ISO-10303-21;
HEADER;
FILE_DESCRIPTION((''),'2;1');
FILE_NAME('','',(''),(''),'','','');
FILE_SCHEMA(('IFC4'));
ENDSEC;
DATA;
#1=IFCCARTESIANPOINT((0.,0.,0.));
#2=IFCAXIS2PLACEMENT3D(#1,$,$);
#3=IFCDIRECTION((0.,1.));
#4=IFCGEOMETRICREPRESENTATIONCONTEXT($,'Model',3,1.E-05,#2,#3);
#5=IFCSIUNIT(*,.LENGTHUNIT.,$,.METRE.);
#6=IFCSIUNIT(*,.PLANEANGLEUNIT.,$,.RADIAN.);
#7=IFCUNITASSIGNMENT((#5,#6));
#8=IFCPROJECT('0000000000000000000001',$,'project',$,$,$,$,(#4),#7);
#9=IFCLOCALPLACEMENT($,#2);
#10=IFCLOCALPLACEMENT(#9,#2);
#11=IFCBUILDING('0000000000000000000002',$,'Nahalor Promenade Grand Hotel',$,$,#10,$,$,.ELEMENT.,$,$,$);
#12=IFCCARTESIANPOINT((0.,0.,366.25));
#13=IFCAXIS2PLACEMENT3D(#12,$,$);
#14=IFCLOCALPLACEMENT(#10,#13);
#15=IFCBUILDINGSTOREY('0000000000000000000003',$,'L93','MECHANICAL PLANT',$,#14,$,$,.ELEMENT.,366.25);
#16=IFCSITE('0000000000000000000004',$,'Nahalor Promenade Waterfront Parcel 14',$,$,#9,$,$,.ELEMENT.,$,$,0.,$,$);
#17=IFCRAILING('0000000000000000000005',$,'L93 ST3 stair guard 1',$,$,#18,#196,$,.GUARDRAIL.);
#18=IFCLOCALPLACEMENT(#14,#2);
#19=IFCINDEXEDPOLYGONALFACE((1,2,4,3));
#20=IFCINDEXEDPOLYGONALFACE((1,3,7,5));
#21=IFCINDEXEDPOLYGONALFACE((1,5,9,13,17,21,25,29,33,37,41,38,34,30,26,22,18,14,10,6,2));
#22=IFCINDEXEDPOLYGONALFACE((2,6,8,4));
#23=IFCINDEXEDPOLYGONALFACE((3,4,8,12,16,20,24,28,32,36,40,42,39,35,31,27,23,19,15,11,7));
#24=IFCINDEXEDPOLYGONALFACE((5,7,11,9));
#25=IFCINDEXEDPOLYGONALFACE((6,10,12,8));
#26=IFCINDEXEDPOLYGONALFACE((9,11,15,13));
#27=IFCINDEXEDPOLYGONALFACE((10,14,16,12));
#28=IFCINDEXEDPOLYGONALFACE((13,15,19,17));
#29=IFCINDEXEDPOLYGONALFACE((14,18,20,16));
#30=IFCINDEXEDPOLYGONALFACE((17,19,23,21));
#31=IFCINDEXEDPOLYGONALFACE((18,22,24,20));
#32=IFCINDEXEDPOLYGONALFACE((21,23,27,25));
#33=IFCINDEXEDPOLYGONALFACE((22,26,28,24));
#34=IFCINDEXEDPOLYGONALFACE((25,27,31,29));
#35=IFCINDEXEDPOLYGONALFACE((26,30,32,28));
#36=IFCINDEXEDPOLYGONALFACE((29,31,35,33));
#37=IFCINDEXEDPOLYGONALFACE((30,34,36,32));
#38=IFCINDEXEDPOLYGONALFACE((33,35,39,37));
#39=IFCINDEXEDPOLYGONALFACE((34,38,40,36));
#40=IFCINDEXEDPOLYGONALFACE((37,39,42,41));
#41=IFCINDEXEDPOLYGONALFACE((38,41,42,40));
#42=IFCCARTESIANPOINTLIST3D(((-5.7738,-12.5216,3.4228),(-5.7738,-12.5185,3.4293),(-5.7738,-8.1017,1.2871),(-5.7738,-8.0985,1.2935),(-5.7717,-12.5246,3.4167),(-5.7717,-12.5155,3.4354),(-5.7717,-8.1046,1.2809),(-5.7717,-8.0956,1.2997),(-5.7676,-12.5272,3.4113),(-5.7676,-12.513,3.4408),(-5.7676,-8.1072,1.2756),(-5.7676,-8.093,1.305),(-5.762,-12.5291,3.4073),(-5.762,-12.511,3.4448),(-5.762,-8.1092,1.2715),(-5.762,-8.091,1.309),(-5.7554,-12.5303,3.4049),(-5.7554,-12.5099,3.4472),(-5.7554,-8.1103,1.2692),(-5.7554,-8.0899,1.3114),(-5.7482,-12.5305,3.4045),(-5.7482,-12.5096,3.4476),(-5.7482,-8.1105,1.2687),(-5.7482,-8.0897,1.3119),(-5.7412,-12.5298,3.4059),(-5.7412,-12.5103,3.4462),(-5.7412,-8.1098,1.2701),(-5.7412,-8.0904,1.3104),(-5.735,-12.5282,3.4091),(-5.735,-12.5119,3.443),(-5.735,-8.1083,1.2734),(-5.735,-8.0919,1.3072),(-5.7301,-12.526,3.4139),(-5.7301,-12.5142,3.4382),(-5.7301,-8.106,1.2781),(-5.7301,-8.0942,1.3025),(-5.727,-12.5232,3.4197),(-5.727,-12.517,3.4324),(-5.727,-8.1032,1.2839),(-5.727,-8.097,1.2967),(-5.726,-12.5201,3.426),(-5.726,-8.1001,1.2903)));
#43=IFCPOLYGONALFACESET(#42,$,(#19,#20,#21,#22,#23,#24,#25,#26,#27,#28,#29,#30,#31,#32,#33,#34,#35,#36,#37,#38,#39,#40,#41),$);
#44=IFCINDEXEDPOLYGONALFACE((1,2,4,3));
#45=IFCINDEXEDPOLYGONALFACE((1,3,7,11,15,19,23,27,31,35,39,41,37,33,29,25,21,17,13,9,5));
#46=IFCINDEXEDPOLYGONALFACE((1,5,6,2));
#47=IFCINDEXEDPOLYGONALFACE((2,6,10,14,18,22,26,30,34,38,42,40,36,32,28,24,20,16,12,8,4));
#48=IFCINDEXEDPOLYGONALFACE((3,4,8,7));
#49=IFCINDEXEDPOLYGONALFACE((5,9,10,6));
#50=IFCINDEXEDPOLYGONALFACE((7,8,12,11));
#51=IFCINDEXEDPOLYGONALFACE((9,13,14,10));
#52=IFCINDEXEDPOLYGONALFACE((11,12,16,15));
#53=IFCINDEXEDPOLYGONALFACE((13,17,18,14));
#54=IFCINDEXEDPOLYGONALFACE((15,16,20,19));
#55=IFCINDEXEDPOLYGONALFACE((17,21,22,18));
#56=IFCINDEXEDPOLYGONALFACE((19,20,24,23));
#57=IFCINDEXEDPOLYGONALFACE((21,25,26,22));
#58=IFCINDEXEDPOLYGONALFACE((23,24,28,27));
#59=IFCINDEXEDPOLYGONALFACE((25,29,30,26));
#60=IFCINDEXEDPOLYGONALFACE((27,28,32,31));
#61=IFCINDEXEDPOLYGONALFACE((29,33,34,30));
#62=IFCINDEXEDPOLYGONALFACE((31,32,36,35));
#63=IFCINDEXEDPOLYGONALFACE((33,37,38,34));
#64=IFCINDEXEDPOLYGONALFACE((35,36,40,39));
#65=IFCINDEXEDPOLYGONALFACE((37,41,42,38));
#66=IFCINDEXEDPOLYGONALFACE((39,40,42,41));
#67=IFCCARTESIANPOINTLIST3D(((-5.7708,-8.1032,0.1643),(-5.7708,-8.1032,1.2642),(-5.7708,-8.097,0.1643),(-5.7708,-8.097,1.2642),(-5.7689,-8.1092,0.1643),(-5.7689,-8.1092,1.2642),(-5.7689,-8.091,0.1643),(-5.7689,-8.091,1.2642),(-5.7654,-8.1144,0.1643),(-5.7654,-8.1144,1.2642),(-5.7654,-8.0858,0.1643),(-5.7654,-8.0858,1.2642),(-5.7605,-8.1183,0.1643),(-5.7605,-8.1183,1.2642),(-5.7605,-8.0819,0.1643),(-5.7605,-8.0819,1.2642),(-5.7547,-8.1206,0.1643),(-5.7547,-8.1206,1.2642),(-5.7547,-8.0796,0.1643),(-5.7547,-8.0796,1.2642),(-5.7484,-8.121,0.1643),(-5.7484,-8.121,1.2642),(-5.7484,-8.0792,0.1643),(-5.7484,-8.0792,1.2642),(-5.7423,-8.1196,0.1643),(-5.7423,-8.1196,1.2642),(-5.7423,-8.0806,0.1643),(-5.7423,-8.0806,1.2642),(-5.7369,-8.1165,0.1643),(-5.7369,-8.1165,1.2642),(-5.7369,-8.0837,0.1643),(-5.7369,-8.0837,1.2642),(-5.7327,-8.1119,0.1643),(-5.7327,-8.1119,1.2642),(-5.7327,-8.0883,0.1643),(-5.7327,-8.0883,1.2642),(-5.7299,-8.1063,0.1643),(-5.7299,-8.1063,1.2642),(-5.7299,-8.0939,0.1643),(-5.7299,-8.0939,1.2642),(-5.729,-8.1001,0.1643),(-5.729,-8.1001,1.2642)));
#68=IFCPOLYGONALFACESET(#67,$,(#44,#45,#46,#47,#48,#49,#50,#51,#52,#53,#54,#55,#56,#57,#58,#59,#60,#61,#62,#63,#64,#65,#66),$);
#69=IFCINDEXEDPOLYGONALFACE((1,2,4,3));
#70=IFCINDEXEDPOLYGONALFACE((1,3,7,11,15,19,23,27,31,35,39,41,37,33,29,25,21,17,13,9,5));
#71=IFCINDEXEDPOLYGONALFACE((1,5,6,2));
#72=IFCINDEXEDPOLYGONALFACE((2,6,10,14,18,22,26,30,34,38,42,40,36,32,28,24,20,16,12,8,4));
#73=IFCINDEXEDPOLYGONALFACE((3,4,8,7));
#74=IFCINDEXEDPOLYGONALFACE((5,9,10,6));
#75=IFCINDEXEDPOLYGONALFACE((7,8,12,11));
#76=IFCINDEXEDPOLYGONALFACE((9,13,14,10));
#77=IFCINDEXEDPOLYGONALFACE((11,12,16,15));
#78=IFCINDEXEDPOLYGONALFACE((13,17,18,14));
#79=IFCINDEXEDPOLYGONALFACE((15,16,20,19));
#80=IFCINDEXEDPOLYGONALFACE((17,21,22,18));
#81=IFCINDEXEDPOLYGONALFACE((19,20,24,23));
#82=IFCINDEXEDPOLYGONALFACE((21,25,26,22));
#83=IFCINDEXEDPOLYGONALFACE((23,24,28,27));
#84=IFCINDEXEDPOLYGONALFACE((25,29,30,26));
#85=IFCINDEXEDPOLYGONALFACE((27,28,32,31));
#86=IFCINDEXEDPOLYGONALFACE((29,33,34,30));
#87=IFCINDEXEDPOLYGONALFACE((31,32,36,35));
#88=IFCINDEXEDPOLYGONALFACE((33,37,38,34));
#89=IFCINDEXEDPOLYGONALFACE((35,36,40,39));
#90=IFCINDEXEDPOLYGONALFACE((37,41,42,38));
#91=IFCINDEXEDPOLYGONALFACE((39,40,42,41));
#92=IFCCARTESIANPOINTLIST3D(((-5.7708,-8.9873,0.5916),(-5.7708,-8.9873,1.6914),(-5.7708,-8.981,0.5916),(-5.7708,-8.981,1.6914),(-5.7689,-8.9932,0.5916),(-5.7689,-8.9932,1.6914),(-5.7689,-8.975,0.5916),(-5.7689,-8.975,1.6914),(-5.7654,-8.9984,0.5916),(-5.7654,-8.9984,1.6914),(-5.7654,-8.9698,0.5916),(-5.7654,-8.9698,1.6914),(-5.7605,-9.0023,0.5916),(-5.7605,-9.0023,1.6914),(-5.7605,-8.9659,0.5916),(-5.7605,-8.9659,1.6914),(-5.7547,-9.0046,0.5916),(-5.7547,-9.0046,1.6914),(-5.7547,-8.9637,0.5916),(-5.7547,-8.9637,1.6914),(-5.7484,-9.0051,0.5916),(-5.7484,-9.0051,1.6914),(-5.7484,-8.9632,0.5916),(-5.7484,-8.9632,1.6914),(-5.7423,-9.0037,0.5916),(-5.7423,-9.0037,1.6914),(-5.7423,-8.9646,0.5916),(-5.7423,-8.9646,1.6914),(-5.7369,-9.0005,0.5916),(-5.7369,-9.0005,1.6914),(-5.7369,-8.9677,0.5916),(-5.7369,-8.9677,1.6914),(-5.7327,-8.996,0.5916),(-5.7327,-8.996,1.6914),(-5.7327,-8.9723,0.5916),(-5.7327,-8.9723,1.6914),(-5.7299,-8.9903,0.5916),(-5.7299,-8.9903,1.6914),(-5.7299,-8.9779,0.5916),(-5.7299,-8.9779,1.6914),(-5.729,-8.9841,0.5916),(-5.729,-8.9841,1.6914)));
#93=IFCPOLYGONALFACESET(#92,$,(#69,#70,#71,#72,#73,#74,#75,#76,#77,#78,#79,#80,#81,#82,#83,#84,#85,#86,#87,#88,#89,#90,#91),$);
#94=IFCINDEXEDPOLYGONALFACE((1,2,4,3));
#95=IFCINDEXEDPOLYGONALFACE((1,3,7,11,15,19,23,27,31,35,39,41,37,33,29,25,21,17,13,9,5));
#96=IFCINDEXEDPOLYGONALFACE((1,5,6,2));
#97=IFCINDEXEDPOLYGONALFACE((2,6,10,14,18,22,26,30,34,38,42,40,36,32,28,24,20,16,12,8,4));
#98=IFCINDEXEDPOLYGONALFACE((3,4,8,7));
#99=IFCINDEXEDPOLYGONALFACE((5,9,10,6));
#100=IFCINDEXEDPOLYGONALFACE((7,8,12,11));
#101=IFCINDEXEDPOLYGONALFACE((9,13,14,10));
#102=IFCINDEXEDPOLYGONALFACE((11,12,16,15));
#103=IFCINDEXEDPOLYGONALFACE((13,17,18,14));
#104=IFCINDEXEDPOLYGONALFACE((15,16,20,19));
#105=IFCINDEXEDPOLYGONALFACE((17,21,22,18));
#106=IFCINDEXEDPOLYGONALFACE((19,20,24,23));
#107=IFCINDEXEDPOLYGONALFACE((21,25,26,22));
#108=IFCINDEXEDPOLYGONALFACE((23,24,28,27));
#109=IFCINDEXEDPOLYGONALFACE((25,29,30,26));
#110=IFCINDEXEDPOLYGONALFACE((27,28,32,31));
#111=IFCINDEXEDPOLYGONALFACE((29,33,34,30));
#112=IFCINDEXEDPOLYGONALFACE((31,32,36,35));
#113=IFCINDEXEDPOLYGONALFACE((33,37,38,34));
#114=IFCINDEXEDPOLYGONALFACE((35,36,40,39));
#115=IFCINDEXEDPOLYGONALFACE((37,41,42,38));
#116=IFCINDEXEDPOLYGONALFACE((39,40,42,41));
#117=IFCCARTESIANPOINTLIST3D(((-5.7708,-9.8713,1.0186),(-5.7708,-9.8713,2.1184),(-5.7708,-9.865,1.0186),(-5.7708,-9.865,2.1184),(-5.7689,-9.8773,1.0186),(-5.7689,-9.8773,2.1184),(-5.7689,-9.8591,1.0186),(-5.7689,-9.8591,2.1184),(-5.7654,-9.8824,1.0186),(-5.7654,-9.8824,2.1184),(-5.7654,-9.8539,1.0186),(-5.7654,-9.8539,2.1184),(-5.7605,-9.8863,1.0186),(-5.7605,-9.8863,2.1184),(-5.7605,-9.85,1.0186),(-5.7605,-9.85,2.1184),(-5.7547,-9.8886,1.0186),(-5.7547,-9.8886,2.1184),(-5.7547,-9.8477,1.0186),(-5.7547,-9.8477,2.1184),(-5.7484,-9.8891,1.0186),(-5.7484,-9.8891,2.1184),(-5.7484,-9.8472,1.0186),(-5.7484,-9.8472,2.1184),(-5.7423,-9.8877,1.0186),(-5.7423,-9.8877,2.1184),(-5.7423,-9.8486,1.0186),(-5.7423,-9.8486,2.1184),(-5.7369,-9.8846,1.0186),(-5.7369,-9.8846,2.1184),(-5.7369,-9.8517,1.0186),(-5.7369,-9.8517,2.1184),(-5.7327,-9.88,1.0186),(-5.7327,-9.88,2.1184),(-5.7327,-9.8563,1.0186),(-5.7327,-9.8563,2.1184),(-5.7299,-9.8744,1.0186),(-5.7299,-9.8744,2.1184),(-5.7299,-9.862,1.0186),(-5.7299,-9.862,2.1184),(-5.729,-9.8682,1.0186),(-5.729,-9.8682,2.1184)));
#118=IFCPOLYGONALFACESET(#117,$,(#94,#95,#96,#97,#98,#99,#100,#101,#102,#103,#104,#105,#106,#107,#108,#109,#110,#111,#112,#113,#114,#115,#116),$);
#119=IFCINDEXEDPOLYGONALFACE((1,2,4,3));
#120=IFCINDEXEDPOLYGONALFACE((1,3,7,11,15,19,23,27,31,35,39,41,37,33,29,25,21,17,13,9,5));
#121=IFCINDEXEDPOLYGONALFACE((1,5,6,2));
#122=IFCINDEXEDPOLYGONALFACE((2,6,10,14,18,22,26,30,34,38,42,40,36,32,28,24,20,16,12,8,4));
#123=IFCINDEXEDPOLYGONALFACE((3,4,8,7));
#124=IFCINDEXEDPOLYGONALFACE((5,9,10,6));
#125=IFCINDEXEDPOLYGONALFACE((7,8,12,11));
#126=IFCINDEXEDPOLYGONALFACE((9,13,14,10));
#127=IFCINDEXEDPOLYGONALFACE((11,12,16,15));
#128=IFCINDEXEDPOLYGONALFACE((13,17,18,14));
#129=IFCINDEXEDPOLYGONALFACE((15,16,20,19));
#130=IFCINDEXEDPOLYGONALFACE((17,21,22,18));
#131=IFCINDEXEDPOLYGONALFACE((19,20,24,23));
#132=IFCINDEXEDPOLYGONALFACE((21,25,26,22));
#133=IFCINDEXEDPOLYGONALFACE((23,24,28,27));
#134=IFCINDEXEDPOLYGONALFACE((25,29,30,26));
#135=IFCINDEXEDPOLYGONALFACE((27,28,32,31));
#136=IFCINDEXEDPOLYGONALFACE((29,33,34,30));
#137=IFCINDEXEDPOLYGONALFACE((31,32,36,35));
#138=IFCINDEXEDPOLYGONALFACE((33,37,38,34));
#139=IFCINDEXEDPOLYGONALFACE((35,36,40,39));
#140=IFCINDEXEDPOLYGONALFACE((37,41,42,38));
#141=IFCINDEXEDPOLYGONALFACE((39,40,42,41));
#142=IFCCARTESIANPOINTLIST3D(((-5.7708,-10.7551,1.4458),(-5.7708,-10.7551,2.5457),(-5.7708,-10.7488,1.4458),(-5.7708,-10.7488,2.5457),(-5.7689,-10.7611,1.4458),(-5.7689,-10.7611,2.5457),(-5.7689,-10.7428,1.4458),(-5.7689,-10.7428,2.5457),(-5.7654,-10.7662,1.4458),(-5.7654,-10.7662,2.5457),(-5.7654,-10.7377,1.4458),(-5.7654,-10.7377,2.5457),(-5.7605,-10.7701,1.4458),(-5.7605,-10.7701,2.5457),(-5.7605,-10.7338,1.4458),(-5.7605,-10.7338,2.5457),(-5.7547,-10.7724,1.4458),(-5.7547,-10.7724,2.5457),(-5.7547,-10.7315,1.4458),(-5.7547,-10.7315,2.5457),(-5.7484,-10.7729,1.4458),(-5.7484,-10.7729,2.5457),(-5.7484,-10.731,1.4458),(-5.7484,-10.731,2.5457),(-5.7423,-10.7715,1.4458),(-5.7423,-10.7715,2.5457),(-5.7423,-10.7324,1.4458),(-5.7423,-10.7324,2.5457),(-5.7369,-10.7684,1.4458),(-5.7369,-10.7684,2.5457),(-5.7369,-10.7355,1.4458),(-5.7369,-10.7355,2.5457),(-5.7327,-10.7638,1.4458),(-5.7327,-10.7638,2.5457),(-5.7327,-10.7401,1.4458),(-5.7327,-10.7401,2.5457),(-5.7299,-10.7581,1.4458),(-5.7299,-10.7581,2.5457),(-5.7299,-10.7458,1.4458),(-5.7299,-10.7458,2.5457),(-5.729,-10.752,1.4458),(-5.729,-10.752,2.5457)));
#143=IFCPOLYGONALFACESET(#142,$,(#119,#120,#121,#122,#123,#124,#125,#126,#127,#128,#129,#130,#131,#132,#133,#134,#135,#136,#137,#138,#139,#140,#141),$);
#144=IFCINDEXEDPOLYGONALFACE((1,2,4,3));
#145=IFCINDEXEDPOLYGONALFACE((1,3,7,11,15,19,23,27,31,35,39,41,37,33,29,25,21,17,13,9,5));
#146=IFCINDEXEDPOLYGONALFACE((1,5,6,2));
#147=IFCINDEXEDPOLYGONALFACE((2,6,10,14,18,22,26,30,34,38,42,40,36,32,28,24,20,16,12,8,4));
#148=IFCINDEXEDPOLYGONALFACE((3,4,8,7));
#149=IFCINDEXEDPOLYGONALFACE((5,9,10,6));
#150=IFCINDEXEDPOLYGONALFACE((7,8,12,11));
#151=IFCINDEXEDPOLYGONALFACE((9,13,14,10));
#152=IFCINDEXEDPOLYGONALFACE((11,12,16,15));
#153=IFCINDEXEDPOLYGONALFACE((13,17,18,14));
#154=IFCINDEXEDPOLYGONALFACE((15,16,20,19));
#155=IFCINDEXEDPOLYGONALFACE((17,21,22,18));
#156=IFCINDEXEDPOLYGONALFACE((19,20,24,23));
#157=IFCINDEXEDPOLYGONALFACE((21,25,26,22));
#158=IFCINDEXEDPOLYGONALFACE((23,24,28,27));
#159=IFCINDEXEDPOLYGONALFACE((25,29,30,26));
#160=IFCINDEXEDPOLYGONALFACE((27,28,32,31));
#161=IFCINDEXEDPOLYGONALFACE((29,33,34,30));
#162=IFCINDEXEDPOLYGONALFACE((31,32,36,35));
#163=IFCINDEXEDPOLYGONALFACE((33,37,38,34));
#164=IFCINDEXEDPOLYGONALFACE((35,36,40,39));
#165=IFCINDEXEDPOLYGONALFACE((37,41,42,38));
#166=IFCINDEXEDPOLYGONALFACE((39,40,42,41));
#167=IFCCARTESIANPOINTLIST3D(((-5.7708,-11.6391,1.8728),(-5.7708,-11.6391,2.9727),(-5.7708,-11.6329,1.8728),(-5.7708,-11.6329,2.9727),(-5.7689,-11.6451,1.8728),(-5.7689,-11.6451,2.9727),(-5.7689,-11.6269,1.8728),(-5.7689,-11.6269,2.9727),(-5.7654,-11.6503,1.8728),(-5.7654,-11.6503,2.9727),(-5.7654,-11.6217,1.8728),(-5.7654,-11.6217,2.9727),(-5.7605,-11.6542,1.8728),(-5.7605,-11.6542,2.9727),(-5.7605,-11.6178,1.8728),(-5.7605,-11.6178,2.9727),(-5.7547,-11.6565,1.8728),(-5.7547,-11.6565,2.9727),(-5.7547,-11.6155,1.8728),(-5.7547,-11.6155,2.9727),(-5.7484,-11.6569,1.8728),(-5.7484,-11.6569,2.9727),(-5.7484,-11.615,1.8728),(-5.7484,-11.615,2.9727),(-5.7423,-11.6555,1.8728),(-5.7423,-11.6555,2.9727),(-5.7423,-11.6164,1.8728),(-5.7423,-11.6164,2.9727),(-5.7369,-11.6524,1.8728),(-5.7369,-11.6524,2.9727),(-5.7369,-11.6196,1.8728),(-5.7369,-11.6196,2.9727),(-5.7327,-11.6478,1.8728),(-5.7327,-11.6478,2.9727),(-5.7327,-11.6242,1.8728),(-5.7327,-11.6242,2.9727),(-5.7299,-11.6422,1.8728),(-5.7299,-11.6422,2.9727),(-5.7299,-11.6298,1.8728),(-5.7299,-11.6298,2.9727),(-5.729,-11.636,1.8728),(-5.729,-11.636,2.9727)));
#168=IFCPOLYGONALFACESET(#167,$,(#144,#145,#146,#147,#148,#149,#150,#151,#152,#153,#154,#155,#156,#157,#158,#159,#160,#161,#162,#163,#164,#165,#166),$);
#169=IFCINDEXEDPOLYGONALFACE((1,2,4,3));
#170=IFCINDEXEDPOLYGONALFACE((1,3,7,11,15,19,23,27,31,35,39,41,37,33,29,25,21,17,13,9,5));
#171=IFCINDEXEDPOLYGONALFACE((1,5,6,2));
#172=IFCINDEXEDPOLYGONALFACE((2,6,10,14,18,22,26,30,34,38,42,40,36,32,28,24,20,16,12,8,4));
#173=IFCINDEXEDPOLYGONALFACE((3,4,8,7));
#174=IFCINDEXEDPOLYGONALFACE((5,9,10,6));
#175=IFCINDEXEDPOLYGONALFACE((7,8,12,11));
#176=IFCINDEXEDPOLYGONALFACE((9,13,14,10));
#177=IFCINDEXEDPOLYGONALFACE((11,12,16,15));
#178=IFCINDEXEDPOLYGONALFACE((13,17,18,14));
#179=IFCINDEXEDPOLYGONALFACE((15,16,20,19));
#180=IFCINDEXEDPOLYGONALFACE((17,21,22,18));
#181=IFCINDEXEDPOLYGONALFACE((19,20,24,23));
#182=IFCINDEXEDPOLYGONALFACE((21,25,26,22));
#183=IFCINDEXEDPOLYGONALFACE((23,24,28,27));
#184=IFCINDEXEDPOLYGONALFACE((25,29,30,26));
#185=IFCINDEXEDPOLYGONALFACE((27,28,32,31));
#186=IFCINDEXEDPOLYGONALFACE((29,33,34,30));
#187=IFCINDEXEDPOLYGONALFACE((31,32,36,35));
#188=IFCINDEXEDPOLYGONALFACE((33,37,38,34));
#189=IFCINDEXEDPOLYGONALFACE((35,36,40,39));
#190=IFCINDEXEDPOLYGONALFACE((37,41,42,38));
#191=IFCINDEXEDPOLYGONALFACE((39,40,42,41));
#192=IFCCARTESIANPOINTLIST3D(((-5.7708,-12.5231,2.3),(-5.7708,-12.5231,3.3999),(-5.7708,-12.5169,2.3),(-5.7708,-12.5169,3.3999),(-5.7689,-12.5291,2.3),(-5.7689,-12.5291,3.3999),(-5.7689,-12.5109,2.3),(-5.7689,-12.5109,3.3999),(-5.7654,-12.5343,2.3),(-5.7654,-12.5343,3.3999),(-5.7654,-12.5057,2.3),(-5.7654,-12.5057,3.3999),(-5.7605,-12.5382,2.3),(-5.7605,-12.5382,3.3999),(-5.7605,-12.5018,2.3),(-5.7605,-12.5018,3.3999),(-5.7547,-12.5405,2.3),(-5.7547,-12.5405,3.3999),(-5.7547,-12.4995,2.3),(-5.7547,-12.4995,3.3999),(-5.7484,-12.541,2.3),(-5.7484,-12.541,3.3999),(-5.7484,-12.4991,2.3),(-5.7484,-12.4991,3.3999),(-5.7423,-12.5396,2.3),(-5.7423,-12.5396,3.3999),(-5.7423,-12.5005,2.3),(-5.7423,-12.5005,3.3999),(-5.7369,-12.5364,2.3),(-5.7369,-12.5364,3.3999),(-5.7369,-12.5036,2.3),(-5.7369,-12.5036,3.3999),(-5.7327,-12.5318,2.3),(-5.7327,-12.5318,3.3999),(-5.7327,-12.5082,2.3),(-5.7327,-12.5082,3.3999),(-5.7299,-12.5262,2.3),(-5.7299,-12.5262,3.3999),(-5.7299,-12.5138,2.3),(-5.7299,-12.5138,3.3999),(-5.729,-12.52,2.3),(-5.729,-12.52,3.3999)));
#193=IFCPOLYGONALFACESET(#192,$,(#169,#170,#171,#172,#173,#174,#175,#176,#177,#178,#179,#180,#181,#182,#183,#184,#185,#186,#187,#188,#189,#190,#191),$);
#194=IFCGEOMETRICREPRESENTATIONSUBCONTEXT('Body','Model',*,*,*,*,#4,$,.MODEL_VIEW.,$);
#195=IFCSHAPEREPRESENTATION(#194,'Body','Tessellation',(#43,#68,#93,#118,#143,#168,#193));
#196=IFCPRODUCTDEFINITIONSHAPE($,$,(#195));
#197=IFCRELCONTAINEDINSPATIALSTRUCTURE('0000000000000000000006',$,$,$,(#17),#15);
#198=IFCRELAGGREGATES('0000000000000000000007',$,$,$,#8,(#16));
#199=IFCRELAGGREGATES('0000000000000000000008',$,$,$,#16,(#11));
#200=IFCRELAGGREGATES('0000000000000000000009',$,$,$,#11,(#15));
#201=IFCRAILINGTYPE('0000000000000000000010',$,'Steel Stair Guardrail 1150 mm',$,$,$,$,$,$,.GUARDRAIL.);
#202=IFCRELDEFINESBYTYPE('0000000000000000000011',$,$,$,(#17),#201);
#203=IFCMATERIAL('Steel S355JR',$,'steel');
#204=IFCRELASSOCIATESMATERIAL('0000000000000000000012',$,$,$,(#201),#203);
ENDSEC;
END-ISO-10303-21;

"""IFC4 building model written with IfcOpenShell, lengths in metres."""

from ifc_helpers import new_model, si_unit, direction, frame, origin, origin_2d, place, context, subcontext, project, spatial, circle, extrude, material, type_object, element, save


model = new_model("IFC4")

# Units and contexts
model_context = context("Model", 3, precision=1e-05, world=origin(), true_north=direction((0.0, 1.0)))
body_context = subcontext(model_context, "Body", "Model", "MODEL_VIEW")
ifc_project = project(units=[si_unit("LENGTHUNIT", "METRE"), si_unit("PLANEANGLEUNIT", "RADIAN")], contexts=[model_context])

# Site, building, storey
site_placement = place(None, origin())
site = spatial("IfcSite", under=ifc_project, at=site_placement, Name="Nahalor Promenade Waterfront Parcel 14", CompositionType="ELEMENT", RefElevation=0.0)
building_placement = place(site_placement, origin())
building = spatial("IfcBuilding", under=site, at=building_placement, Name="Nahalor Promenade Grand Hotel", CompositionType="ELEMENT")
storey_placement = place(building_placement, frame((0.0, 0.0, 366.25)))
storey = spatial("IfcBuildingStorey", under=building, at=storey_placement, Name="L93", Description="MECHANICAL PLANT", CompositionType="ELEMENT", Elevation=366.25)

# Shared definitions
ifc_material_1 = material(Name="Steel S355JR", Category="steel")

# Railing
railing_type_1 = type_object("IfcRailingType", Name="Steel Stair Guardrail 1150 mm", PredefinedType="GUARDRAIL", material=ifc_material_1)
railing_1_placement = place(storey_placement, frame((-5.75, -8.1001, 0.1643)))
element("IfcRailing", 1, at=railing_1_placement, inside=storey, type_object=railing_type_1, Name="L93 ST3 stair guard 1", PredefinedType="GUARDRAIL", context=body_context, shape_type="SweptSolid", body=[
    extrude(circle(Radius=0.024, at=origin_2d()), frame((0.0, 0.0, 1.126), z_axis=(0.0, -0.900393, 0.435077), x_axis=(1.0, 0.0, 0.0)), (0.0, 0.0, 1.0), 4.9089),
    extrude(circle(Radius=0.021, at=origin_2d()), origin(), (0.0, 0.0, 1.0), 1.0999),
    extrude(circle(Radius=0.021, at=origin_2d()), frame((0.0, -0.884, 0.4272)), (0.0, 0.0, 1.0), 1.0999),
    extrude(circle(Radius=0.021, at=origin_2d()), frame((0.0, -1.7681, 0.8542)), (0.0, 0.0, 1.0), 1.0999),
    extrude(circle(Radius=0.021, at=origin_2d()), frame((0.0, -2.6519, 1.2815)), (0.0, 0.0, 1.0), 1.0999),
    extrude(circle(Radius=0.021, at=origin_2d()), frame((0.0, -3.5359, 1.7085)), (0.0, 0.0, 1.0), 1.0999),
    extrude(circle(Radius=0.021, at=origin_2d()), frame((0.0, -4.4199, 2.1357)), (0.0, 0.0, 1.0), 1.0999),
])

save(model, "model.ifc")
